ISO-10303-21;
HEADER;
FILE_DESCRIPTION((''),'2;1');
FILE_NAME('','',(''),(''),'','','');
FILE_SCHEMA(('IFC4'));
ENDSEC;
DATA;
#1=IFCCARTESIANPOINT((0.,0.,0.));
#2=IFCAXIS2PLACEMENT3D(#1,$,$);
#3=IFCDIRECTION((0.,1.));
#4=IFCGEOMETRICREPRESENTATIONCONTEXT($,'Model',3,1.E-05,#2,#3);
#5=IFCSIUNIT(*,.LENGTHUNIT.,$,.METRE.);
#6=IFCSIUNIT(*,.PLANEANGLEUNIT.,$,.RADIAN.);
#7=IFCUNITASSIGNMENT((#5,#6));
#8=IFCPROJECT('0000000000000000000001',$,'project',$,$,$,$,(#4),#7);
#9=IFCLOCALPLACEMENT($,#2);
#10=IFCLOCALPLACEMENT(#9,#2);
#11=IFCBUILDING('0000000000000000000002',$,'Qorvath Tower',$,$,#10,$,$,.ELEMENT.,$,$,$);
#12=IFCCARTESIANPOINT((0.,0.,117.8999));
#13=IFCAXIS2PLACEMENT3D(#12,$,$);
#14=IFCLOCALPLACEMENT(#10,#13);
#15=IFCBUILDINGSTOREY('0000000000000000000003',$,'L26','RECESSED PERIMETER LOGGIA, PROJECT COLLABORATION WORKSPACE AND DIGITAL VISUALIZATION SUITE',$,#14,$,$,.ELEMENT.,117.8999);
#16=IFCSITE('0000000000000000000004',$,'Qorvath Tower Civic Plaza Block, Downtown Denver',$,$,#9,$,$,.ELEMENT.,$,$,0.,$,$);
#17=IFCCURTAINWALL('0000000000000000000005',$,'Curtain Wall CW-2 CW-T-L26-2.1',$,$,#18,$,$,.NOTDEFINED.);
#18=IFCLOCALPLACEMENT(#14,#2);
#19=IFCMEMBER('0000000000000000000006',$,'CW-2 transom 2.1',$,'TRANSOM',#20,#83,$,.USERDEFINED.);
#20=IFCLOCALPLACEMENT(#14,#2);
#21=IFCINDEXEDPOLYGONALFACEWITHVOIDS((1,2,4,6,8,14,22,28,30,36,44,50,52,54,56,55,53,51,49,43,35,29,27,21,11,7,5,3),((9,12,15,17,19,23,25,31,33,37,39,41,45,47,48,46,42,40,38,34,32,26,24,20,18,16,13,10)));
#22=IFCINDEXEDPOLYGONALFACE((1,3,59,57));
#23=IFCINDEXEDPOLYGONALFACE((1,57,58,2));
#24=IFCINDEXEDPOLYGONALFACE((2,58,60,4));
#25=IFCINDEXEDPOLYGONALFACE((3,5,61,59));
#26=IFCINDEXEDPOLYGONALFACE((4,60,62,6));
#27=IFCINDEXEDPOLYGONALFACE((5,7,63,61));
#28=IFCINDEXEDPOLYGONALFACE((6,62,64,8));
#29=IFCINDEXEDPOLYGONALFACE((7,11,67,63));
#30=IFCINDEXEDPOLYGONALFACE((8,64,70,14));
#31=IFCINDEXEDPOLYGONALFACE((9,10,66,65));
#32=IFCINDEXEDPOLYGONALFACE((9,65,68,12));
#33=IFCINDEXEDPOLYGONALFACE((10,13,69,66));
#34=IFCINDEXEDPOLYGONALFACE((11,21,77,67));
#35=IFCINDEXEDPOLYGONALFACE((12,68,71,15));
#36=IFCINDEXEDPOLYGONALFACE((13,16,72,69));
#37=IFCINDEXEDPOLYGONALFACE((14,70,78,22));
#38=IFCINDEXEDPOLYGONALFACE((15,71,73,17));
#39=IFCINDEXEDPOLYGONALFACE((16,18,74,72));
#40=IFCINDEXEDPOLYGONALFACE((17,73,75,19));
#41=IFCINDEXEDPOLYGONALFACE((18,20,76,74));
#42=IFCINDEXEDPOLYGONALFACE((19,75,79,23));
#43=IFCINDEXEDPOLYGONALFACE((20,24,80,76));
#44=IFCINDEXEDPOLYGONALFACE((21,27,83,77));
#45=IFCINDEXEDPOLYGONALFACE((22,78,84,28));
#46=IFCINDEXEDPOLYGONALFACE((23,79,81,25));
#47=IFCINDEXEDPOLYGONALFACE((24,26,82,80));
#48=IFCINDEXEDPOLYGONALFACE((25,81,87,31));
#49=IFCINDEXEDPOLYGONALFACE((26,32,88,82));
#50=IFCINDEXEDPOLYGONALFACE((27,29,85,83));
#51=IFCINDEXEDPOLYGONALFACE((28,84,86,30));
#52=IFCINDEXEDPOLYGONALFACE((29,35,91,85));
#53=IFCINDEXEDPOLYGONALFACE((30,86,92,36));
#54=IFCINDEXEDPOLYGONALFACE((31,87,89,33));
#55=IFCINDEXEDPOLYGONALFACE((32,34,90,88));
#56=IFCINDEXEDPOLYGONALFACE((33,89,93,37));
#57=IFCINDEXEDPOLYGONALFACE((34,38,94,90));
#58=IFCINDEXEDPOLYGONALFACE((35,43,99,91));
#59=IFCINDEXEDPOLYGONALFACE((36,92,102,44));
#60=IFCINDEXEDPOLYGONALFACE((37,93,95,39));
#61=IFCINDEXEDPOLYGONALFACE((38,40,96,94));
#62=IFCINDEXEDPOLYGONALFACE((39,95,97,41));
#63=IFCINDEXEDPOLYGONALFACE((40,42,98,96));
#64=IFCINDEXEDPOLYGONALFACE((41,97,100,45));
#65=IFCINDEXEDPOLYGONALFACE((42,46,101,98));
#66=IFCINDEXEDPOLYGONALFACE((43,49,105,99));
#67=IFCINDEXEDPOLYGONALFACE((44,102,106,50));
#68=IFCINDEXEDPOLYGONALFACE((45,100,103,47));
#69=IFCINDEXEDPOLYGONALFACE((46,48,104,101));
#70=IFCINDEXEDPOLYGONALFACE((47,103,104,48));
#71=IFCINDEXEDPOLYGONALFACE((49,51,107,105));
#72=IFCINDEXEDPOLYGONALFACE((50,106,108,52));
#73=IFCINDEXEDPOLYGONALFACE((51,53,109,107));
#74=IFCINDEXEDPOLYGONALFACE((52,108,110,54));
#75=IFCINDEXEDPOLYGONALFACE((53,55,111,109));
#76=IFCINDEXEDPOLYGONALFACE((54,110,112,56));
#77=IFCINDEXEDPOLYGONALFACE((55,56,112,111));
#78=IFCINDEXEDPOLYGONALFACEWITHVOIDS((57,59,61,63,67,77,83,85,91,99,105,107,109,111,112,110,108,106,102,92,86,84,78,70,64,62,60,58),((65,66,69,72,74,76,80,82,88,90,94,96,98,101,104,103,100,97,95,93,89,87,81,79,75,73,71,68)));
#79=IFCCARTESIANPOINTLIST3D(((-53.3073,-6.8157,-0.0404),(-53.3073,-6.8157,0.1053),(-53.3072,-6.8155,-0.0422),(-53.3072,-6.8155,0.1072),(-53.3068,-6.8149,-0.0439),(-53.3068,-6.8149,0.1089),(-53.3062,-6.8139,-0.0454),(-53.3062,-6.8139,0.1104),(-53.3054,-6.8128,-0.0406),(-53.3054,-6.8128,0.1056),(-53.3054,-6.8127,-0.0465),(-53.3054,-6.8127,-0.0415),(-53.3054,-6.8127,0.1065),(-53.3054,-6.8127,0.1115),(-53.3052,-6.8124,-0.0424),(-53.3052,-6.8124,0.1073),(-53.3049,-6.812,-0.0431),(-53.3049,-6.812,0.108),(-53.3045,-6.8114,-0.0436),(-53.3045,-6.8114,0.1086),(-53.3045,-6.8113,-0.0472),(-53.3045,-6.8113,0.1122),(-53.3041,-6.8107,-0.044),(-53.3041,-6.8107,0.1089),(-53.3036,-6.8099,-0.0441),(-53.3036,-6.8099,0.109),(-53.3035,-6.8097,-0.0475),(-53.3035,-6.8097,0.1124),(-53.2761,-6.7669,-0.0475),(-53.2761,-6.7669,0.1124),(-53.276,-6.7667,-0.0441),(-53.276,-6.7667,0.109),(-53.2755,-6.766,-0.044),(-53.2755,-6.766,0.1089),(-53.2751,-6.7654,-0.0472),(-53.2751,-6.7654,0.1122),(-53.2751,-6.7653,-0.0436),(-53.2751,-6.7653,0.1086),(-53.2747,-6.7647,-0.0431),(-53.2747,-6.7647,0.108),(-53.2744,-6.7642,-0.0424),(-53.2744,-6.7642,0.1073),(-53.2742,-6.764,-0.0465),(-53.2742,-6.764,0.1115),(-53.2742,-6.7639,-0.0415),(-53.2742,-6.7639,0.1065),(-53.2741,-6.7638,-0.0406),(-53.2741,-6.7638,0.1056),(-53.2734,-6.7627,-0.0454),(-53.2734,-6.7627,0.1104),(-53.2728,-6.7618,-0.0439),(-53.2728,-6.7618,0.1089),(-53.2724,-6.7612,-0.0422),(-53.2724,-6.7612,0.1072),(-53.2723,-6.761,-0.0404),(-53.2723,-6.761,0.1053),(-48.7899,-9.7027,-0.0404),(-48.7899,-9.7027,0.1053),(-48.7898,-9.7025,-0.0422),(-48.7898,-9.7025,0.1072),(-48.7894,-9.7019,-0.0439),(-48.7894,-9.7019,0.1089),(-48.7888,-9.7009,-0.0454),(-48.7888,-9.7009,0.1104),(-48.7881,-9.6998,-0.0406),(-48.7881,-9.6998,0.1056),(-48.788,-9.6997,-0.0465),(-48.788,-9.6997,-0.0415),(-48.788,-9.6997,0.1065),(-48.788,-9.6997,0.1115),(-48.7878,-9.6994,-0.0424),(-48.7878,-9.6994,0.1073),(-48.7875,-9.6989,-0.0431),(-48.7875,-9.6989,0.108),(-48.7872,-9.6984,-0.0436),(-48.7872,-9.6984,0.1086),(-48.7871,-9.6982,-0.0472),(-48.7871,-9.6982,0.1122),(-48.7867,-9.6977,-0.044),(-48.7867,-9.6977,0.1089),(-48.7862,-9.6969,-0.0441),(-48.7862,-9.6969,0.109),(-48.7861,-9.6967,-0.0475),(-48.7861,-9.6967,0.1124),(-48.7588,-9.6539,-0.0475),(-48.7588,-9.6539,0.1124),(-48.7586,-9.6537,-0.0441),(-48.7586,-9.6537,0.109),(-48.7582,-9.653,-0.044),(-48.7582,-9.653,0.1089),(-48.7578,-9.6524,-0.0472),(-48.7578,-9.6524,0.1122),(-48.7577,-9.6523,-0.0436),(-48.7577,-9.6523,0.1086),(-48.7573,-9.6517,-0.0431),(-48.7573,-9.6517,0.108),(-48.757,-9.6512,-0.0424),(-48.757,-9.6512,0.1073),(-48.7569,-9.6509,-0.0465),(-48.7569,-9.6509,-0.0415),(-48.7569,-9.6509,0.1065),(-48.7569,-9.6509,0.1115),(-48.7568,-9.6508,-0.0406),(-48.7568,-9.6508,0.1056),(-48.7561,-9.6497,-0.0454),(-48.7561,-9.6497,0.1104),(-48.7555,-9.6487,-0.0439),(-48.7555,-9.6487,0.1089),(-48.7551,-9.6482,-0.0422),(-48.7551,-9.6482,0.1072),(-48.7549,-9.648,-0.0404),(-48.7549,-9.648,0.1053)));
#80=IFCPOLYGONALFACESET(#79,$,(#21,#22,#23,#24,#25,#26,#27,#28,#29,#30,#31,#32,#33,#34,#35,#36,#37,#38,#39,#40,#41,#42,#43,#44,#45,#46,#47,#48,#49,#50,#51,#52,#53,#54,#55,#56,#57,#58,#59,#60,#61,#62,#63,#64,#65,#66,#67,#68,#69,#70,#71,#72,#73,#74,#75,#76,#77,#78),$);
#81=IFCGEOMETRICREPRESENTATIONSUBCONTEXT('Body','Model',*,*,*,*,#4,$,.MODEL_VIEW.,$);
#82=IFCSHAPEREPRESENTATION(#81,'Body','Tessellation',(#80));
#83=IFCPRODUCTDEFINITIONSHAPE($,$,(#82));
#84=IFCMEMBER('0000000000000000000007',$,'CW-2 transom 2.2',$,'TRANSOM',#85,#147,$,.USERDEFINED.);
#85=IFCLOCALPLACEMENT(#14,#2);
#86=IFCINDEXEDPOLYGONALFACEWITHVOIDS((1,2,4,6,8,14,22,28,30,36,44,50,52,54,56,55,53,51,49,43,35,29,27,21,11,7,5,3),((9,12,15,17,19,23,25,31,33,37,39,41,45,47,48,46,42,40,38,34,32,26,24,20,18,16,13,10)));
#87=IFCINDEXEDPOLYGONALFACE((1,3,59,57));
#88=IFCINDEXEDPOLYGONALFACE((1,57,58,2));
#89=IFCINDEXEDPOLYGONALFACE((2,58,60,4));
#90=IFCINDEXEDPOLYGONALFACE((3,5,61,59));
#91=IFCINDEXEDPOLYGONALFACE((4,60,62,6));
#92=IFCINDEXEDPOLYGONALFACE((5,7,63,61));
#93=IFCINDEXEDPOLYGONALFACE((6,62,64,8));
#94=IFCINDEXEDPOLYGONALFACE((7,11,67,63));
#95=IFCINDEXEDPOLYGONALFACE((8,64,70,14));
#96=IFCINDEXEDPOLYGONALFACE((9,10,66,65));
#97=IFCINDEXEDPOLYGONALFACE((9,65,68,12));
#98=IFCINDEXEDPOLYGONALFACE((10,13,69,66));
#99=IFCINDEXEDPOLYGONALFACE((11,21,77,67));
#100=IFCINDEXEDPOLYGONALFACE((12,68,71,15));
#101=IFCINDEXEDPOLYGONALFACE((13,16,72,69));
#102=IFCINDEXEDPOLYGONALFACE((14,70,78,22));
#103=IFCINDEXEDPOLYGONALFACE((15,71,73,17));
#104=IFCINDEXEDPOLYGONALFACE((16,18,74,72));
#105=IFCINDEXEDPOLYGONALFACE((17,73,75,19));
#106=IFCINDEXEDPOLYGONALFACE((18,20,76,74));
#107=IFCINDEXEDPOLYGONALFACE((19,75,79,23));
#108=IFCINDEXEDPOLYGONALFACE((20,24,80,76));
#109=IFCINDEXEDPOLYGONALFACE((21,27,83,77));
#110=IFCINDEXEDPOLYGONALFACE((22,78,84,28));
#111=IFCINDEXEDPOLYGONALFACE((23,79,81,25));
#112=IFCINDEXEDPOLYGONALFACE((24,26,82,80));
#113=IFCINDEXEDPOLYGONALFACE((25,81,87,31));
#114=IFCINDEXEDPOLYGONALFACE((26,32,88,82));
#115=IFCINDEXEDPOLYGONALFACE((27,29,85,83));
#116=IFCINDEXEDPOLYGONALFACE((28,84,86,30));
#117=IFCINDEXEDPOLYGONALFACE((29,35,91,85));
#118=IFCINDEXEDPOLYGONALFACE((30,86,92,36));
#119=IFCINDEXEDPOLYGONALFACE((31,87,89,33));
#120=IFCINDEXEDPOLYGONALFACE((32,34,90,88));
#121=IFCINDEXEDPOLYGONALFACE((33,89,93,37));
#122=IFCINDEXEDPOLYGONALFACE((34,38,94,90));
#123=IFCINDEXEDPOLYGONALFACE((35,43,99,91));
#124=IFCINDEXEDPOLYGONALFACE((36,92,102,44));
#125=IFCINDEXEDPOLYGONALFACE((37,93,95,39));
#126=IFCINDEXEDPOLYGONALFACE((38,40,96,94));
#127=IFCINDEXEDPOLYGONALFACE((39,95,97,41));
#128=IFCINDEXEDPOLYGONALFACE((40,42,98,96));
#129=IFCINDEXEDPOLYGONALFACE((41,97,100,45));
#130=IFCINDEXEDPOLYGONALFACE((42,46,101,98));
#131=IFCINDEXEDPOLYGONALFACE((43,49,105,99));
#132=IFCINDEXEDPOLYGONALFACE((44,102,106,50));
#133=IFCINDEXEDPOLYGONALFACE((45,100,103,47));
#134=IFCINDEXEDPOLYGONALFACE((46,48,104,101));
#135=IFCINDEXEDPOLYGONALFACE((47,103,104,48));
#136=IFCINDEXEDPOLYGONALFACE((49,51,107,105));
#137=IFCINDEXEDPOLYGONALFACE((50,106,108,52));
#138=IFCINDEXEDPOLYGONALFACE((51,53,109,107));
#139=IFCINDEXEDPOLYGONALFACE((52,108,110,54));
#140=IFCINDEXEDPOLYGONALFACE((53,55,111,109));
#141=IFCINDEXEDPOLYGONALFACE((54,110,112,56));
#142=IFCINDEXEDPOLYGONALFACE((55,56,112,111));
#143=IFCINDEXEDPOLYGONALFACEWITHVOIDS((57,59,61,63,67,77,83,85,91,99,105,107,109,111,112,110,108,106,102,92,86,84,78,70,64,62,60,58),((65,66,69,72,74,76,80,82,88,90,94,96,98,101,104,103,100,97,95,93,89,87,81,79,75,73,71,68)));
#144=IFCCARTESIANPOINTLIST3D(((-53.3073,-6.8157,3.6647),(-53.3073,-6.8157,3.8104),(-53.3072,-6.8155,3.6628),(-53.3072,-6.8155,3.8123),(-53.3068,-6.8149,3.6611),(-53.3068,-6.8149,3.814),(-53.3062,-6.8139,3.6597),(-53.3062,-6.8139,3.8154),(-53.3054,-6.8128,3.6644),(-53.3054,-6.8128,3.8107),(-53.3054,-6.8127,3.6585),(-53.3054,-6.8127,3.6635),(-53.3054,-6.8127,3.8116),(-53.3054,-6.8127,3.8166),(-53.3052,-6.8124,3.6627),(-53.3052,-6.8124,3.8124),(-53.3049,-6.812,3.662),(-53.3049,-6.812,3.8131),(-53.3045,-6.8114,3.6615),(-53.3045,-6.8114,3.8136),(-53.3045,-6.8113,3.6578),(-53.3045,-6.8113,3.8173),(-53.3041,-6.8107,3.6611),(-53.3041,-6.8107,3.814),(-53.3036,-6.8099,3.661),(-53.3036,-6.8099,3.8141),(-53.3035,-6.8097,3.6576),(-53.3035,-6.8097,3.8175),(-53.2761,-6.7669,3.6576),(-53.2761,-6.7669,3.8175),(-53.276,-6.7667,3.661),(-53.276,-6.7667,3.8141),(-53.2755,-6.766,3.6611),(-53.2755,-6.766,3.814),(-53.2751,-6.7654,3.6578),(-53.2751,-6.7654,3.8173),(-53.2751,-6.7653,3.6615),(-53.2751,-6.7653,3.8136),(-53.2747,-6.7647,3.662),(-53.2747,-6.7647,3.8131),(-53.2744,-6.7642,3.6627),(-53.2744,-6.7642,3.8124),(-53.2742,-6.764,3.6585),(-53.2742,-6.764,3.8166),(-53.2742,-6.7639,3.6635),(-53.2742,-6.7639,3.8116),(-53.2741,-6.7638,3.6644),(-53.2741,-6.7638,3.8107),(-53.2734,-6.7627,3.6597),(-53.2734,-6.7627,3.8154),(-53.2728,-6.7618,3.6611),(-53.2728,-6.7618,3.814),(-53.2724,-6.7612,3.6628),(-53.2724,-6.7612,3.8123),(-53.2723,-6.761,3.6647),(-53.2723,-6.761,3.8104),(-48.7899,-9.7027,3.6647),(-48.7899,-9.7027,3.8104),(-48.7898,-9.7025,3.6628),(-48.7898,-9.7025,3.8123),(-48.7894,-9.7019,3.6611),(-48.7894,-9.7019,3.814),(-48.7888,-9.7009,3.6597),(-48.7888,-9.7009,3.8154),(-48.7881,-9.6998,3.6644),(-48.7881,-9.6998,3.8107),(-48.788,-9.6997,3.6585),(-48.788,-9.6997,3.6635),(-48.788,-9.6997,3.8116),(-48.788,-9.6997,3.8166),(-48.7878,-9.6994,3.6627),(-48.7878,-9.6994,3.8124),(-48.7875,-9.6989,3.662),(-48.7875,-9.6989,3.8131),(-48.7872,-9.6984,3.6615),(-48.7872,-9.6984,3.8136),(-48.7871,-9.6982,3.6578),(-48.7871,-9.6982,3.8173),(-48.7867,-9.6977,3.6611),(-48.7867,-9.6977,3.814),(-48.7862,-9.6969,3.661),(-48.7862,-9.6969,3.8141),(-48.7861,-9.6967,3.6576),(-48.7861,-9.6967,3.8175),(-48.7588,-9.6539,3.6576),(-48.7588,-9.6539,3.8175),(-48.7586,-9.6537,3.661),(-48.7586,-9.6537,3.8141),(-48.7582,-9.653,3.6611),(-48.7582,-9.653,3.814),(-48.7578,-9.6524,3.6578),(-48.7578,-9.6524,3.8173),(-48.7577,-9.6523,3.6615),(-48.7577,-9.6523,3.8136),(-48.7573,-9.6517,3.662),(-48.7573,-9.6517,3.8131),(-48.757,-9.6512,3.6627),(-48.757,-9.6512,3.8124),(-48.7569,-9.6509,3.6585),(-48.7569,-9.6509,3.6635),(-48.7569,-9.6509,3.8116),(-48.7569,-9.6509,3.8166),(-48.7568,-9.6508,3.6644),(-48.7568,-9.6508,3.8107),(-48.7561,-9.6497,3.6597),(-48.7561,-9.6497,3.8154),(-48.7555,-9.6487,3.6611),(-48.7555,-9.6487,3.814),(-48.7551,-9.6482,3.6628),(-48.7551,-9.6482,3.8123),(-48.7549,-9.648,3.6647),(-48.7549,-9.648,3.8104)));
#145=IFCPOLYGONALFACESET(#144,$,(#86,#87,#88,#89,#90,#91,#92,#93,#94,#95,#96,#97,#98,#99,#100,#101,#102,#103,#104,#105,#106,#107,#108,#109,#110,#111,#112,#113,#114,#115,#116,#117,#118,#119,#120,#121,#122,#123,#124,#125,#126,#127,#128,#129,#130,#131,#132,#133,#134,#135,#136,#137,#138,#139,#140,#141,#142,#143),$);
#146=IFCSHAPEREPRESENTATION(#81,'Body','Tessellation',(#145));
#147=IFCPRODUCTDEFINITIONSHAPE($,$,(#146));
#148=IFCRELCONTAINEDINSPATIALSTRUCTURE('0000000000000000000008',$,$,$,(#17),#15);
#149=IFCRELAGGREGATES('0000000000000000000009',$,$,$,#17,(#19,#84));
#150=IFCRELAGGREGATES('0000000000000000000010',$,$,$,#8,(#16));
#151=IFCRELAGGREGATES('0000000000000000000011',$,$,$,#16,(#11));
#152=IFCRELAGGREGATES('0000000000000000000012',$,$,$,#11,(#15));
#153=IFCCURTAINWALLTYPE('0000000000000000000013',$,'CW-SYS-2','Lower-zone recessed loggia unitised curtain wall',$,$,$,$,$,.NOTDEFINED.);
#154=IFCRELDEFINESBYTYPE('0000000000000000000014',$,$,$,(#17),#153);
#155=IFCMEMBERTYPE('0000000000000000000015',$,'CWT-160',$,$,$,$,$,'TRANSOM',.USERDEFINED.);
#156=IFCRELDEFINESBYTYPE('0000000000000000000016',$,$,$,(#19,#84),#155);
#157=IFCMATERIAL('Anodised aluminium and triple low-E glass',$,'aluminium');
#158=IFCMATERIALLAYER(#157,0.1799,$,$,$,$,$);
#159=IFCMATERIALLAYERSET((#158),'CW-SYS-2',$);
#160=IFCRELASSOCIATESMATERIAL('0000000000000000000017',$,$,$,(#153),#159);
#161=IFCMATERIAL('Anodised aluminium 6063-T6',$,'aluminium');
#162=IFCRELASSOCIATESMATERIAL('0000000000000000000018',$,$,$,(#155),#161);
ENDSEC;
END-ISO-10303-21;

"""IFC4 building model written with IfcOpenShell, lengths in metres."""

from ifc_helpers import new_model, si_unit, direction, frame, origin, origin_2d, place, context, subcontext, project, spatial, hollow_rectangle, extrude, material, layer, layer_set, material_profile, profile_set, type_object, element, aggregate, save


model = new_model("IFC4")

# Units and contexts
model_context = context("Model", 3, precision=1e-05, world=origin(), true_north=direction((0.0, 1.0)))
body_context = subcontext(model_context, "Body", "Model", "MODEL_VIEW")
ifc_project = project(units=[si_unit("LENGTHUNIT", "METRE"), si_unit("PLANEANGLEUNIT", "RADIAN")], contexts=[model_context])

# Site, building, storey
site_placement = place(None, origin())
site = spatial("IfcSite", under=ifc_project, at=site_placement, Name="Qorvath Tower Civic Plaza Block, Downtown Denver", CompositionType="ELEMENT", RefElevation=0.0)
building_placement = place(site_placement, origin())
building = spatial("IfcBuilding", under=site, at=building_placement, Name="Qorvath Tower", CompositionType="ELEMENT")
storey_placement = place(building_placement, frame((0.0, 0.0, 117.8999)))
storey = spatial("IfcBuildingStorey", under=building, at=storey_placement, Name="L26", Description="RECESSED PERIMETER LOGGIA, PROJECT COLLABORATION WORKSPACE AND DIGITAL VISUALIZATION SUITE", CompositionType="ELEMENT", Elevation=117.8999)

# Curtain wall, members
ifc_material_1 = material(Name="Anodised aluminium and triple low-E glass", Category="aluminium")
ifc_layer_1 = layer(ifc_material_1, 0.1799)
ifc_layer_set_1 = layer_set([ifc_layer_1], Name="CW-SYS-2")
curtain_wall_type = type_object("IfcCurtainWallType", Name="CW-SYS-2", Description="Lower-zone recessed loggia unitised curtain wall", PredefinedType="NOTDEFINED", material=ifc_layer_set_1)
curtain_wall_placement = place(storey_placement, origin())
curtain_wall = element("IfcCurtainWall", 1, at=curtain_wall_placement, inside=storey, type_object=curtain_wall_type, Name="Curtain Wall CW-2 CW-T-L26-2.1", PredefinedType="NOTDEFINED")
ifc_material_2 = material(Name="Anodised aluminium 6063-T6", Category="aluminium")
ifc_material_profile_1 = material_profile(ifc_material_2, hollow_rectangle(XDim=0.0649, YDim=0.1599, WallThickness=0.0034, InnerFilletRadius=0.0034, OuterFilletRadius=0.0071, at=origin_2d()), Name="CWT 160x65")
ifc_profile_set_1 = profile_set([ifc_material_profile_1], Name="Anodised aluminium 6063-T6")
member_type_1 = type_object("IfcMemberType", Name="CWT-160", ElementType="TRANSOM", PredefinedType="USERDEFINED", material=ifc_profile_set_1)
member_1_placement = place(storey_placement, frame((-53.2898, -6.7883, 0.0325), z_axis=(0.842621, -0.538507, 0.0), x_axis=(0.538507, 0.842621, 0.0)))
member_1 = element("IfcMember", 2, at=member_1_placement, type_object=member_type_1, Name="CW-2 transom 2.1", ObjectType="TRANSOM", PredefinedType="USERDEFINED", context=body_context, shape_type="SweptSolid", body=[
    extrude(hollow_rectangle(XDim=0.0649, YDim=0.1599, WallThickness=0.0034, InnerFilletRadius=0.0034, OuterFilletRadius=0.0071, at=origin_2d()), origin(), (0.0, 0.0, 1.0), 5.3611),
])
member_2_placement = place(storey_placement, frame((-53.2898, -6.7883, 3.7375), z_axis=(0.842621, -0.538507, 0.0), x_axis=(0.538507, 0.842621, 0.0)))
member_2 = element("IfcMember", 3, at=member_2_placement, type_object=member_type_1, Name="CW-2 transom 2.2", ObjectType="TRANSOM", PredefinedType="USERDEFINED", context=body_context, shape_type="SweptSolid", body=[
    extrude(hollow_rectangle(XDim=0.0649, YDim=0.1599, WallThickness=0.0034, InnerFilletRadius=0.0034, OuterFilletRadius=0.0071, at=origin_2d()), origin(), (0.0, 0.0, 1.0), 5.3611),
])
aggregate(curtain_wall, [member_1, member_2])

save(model, "model.ifc")
